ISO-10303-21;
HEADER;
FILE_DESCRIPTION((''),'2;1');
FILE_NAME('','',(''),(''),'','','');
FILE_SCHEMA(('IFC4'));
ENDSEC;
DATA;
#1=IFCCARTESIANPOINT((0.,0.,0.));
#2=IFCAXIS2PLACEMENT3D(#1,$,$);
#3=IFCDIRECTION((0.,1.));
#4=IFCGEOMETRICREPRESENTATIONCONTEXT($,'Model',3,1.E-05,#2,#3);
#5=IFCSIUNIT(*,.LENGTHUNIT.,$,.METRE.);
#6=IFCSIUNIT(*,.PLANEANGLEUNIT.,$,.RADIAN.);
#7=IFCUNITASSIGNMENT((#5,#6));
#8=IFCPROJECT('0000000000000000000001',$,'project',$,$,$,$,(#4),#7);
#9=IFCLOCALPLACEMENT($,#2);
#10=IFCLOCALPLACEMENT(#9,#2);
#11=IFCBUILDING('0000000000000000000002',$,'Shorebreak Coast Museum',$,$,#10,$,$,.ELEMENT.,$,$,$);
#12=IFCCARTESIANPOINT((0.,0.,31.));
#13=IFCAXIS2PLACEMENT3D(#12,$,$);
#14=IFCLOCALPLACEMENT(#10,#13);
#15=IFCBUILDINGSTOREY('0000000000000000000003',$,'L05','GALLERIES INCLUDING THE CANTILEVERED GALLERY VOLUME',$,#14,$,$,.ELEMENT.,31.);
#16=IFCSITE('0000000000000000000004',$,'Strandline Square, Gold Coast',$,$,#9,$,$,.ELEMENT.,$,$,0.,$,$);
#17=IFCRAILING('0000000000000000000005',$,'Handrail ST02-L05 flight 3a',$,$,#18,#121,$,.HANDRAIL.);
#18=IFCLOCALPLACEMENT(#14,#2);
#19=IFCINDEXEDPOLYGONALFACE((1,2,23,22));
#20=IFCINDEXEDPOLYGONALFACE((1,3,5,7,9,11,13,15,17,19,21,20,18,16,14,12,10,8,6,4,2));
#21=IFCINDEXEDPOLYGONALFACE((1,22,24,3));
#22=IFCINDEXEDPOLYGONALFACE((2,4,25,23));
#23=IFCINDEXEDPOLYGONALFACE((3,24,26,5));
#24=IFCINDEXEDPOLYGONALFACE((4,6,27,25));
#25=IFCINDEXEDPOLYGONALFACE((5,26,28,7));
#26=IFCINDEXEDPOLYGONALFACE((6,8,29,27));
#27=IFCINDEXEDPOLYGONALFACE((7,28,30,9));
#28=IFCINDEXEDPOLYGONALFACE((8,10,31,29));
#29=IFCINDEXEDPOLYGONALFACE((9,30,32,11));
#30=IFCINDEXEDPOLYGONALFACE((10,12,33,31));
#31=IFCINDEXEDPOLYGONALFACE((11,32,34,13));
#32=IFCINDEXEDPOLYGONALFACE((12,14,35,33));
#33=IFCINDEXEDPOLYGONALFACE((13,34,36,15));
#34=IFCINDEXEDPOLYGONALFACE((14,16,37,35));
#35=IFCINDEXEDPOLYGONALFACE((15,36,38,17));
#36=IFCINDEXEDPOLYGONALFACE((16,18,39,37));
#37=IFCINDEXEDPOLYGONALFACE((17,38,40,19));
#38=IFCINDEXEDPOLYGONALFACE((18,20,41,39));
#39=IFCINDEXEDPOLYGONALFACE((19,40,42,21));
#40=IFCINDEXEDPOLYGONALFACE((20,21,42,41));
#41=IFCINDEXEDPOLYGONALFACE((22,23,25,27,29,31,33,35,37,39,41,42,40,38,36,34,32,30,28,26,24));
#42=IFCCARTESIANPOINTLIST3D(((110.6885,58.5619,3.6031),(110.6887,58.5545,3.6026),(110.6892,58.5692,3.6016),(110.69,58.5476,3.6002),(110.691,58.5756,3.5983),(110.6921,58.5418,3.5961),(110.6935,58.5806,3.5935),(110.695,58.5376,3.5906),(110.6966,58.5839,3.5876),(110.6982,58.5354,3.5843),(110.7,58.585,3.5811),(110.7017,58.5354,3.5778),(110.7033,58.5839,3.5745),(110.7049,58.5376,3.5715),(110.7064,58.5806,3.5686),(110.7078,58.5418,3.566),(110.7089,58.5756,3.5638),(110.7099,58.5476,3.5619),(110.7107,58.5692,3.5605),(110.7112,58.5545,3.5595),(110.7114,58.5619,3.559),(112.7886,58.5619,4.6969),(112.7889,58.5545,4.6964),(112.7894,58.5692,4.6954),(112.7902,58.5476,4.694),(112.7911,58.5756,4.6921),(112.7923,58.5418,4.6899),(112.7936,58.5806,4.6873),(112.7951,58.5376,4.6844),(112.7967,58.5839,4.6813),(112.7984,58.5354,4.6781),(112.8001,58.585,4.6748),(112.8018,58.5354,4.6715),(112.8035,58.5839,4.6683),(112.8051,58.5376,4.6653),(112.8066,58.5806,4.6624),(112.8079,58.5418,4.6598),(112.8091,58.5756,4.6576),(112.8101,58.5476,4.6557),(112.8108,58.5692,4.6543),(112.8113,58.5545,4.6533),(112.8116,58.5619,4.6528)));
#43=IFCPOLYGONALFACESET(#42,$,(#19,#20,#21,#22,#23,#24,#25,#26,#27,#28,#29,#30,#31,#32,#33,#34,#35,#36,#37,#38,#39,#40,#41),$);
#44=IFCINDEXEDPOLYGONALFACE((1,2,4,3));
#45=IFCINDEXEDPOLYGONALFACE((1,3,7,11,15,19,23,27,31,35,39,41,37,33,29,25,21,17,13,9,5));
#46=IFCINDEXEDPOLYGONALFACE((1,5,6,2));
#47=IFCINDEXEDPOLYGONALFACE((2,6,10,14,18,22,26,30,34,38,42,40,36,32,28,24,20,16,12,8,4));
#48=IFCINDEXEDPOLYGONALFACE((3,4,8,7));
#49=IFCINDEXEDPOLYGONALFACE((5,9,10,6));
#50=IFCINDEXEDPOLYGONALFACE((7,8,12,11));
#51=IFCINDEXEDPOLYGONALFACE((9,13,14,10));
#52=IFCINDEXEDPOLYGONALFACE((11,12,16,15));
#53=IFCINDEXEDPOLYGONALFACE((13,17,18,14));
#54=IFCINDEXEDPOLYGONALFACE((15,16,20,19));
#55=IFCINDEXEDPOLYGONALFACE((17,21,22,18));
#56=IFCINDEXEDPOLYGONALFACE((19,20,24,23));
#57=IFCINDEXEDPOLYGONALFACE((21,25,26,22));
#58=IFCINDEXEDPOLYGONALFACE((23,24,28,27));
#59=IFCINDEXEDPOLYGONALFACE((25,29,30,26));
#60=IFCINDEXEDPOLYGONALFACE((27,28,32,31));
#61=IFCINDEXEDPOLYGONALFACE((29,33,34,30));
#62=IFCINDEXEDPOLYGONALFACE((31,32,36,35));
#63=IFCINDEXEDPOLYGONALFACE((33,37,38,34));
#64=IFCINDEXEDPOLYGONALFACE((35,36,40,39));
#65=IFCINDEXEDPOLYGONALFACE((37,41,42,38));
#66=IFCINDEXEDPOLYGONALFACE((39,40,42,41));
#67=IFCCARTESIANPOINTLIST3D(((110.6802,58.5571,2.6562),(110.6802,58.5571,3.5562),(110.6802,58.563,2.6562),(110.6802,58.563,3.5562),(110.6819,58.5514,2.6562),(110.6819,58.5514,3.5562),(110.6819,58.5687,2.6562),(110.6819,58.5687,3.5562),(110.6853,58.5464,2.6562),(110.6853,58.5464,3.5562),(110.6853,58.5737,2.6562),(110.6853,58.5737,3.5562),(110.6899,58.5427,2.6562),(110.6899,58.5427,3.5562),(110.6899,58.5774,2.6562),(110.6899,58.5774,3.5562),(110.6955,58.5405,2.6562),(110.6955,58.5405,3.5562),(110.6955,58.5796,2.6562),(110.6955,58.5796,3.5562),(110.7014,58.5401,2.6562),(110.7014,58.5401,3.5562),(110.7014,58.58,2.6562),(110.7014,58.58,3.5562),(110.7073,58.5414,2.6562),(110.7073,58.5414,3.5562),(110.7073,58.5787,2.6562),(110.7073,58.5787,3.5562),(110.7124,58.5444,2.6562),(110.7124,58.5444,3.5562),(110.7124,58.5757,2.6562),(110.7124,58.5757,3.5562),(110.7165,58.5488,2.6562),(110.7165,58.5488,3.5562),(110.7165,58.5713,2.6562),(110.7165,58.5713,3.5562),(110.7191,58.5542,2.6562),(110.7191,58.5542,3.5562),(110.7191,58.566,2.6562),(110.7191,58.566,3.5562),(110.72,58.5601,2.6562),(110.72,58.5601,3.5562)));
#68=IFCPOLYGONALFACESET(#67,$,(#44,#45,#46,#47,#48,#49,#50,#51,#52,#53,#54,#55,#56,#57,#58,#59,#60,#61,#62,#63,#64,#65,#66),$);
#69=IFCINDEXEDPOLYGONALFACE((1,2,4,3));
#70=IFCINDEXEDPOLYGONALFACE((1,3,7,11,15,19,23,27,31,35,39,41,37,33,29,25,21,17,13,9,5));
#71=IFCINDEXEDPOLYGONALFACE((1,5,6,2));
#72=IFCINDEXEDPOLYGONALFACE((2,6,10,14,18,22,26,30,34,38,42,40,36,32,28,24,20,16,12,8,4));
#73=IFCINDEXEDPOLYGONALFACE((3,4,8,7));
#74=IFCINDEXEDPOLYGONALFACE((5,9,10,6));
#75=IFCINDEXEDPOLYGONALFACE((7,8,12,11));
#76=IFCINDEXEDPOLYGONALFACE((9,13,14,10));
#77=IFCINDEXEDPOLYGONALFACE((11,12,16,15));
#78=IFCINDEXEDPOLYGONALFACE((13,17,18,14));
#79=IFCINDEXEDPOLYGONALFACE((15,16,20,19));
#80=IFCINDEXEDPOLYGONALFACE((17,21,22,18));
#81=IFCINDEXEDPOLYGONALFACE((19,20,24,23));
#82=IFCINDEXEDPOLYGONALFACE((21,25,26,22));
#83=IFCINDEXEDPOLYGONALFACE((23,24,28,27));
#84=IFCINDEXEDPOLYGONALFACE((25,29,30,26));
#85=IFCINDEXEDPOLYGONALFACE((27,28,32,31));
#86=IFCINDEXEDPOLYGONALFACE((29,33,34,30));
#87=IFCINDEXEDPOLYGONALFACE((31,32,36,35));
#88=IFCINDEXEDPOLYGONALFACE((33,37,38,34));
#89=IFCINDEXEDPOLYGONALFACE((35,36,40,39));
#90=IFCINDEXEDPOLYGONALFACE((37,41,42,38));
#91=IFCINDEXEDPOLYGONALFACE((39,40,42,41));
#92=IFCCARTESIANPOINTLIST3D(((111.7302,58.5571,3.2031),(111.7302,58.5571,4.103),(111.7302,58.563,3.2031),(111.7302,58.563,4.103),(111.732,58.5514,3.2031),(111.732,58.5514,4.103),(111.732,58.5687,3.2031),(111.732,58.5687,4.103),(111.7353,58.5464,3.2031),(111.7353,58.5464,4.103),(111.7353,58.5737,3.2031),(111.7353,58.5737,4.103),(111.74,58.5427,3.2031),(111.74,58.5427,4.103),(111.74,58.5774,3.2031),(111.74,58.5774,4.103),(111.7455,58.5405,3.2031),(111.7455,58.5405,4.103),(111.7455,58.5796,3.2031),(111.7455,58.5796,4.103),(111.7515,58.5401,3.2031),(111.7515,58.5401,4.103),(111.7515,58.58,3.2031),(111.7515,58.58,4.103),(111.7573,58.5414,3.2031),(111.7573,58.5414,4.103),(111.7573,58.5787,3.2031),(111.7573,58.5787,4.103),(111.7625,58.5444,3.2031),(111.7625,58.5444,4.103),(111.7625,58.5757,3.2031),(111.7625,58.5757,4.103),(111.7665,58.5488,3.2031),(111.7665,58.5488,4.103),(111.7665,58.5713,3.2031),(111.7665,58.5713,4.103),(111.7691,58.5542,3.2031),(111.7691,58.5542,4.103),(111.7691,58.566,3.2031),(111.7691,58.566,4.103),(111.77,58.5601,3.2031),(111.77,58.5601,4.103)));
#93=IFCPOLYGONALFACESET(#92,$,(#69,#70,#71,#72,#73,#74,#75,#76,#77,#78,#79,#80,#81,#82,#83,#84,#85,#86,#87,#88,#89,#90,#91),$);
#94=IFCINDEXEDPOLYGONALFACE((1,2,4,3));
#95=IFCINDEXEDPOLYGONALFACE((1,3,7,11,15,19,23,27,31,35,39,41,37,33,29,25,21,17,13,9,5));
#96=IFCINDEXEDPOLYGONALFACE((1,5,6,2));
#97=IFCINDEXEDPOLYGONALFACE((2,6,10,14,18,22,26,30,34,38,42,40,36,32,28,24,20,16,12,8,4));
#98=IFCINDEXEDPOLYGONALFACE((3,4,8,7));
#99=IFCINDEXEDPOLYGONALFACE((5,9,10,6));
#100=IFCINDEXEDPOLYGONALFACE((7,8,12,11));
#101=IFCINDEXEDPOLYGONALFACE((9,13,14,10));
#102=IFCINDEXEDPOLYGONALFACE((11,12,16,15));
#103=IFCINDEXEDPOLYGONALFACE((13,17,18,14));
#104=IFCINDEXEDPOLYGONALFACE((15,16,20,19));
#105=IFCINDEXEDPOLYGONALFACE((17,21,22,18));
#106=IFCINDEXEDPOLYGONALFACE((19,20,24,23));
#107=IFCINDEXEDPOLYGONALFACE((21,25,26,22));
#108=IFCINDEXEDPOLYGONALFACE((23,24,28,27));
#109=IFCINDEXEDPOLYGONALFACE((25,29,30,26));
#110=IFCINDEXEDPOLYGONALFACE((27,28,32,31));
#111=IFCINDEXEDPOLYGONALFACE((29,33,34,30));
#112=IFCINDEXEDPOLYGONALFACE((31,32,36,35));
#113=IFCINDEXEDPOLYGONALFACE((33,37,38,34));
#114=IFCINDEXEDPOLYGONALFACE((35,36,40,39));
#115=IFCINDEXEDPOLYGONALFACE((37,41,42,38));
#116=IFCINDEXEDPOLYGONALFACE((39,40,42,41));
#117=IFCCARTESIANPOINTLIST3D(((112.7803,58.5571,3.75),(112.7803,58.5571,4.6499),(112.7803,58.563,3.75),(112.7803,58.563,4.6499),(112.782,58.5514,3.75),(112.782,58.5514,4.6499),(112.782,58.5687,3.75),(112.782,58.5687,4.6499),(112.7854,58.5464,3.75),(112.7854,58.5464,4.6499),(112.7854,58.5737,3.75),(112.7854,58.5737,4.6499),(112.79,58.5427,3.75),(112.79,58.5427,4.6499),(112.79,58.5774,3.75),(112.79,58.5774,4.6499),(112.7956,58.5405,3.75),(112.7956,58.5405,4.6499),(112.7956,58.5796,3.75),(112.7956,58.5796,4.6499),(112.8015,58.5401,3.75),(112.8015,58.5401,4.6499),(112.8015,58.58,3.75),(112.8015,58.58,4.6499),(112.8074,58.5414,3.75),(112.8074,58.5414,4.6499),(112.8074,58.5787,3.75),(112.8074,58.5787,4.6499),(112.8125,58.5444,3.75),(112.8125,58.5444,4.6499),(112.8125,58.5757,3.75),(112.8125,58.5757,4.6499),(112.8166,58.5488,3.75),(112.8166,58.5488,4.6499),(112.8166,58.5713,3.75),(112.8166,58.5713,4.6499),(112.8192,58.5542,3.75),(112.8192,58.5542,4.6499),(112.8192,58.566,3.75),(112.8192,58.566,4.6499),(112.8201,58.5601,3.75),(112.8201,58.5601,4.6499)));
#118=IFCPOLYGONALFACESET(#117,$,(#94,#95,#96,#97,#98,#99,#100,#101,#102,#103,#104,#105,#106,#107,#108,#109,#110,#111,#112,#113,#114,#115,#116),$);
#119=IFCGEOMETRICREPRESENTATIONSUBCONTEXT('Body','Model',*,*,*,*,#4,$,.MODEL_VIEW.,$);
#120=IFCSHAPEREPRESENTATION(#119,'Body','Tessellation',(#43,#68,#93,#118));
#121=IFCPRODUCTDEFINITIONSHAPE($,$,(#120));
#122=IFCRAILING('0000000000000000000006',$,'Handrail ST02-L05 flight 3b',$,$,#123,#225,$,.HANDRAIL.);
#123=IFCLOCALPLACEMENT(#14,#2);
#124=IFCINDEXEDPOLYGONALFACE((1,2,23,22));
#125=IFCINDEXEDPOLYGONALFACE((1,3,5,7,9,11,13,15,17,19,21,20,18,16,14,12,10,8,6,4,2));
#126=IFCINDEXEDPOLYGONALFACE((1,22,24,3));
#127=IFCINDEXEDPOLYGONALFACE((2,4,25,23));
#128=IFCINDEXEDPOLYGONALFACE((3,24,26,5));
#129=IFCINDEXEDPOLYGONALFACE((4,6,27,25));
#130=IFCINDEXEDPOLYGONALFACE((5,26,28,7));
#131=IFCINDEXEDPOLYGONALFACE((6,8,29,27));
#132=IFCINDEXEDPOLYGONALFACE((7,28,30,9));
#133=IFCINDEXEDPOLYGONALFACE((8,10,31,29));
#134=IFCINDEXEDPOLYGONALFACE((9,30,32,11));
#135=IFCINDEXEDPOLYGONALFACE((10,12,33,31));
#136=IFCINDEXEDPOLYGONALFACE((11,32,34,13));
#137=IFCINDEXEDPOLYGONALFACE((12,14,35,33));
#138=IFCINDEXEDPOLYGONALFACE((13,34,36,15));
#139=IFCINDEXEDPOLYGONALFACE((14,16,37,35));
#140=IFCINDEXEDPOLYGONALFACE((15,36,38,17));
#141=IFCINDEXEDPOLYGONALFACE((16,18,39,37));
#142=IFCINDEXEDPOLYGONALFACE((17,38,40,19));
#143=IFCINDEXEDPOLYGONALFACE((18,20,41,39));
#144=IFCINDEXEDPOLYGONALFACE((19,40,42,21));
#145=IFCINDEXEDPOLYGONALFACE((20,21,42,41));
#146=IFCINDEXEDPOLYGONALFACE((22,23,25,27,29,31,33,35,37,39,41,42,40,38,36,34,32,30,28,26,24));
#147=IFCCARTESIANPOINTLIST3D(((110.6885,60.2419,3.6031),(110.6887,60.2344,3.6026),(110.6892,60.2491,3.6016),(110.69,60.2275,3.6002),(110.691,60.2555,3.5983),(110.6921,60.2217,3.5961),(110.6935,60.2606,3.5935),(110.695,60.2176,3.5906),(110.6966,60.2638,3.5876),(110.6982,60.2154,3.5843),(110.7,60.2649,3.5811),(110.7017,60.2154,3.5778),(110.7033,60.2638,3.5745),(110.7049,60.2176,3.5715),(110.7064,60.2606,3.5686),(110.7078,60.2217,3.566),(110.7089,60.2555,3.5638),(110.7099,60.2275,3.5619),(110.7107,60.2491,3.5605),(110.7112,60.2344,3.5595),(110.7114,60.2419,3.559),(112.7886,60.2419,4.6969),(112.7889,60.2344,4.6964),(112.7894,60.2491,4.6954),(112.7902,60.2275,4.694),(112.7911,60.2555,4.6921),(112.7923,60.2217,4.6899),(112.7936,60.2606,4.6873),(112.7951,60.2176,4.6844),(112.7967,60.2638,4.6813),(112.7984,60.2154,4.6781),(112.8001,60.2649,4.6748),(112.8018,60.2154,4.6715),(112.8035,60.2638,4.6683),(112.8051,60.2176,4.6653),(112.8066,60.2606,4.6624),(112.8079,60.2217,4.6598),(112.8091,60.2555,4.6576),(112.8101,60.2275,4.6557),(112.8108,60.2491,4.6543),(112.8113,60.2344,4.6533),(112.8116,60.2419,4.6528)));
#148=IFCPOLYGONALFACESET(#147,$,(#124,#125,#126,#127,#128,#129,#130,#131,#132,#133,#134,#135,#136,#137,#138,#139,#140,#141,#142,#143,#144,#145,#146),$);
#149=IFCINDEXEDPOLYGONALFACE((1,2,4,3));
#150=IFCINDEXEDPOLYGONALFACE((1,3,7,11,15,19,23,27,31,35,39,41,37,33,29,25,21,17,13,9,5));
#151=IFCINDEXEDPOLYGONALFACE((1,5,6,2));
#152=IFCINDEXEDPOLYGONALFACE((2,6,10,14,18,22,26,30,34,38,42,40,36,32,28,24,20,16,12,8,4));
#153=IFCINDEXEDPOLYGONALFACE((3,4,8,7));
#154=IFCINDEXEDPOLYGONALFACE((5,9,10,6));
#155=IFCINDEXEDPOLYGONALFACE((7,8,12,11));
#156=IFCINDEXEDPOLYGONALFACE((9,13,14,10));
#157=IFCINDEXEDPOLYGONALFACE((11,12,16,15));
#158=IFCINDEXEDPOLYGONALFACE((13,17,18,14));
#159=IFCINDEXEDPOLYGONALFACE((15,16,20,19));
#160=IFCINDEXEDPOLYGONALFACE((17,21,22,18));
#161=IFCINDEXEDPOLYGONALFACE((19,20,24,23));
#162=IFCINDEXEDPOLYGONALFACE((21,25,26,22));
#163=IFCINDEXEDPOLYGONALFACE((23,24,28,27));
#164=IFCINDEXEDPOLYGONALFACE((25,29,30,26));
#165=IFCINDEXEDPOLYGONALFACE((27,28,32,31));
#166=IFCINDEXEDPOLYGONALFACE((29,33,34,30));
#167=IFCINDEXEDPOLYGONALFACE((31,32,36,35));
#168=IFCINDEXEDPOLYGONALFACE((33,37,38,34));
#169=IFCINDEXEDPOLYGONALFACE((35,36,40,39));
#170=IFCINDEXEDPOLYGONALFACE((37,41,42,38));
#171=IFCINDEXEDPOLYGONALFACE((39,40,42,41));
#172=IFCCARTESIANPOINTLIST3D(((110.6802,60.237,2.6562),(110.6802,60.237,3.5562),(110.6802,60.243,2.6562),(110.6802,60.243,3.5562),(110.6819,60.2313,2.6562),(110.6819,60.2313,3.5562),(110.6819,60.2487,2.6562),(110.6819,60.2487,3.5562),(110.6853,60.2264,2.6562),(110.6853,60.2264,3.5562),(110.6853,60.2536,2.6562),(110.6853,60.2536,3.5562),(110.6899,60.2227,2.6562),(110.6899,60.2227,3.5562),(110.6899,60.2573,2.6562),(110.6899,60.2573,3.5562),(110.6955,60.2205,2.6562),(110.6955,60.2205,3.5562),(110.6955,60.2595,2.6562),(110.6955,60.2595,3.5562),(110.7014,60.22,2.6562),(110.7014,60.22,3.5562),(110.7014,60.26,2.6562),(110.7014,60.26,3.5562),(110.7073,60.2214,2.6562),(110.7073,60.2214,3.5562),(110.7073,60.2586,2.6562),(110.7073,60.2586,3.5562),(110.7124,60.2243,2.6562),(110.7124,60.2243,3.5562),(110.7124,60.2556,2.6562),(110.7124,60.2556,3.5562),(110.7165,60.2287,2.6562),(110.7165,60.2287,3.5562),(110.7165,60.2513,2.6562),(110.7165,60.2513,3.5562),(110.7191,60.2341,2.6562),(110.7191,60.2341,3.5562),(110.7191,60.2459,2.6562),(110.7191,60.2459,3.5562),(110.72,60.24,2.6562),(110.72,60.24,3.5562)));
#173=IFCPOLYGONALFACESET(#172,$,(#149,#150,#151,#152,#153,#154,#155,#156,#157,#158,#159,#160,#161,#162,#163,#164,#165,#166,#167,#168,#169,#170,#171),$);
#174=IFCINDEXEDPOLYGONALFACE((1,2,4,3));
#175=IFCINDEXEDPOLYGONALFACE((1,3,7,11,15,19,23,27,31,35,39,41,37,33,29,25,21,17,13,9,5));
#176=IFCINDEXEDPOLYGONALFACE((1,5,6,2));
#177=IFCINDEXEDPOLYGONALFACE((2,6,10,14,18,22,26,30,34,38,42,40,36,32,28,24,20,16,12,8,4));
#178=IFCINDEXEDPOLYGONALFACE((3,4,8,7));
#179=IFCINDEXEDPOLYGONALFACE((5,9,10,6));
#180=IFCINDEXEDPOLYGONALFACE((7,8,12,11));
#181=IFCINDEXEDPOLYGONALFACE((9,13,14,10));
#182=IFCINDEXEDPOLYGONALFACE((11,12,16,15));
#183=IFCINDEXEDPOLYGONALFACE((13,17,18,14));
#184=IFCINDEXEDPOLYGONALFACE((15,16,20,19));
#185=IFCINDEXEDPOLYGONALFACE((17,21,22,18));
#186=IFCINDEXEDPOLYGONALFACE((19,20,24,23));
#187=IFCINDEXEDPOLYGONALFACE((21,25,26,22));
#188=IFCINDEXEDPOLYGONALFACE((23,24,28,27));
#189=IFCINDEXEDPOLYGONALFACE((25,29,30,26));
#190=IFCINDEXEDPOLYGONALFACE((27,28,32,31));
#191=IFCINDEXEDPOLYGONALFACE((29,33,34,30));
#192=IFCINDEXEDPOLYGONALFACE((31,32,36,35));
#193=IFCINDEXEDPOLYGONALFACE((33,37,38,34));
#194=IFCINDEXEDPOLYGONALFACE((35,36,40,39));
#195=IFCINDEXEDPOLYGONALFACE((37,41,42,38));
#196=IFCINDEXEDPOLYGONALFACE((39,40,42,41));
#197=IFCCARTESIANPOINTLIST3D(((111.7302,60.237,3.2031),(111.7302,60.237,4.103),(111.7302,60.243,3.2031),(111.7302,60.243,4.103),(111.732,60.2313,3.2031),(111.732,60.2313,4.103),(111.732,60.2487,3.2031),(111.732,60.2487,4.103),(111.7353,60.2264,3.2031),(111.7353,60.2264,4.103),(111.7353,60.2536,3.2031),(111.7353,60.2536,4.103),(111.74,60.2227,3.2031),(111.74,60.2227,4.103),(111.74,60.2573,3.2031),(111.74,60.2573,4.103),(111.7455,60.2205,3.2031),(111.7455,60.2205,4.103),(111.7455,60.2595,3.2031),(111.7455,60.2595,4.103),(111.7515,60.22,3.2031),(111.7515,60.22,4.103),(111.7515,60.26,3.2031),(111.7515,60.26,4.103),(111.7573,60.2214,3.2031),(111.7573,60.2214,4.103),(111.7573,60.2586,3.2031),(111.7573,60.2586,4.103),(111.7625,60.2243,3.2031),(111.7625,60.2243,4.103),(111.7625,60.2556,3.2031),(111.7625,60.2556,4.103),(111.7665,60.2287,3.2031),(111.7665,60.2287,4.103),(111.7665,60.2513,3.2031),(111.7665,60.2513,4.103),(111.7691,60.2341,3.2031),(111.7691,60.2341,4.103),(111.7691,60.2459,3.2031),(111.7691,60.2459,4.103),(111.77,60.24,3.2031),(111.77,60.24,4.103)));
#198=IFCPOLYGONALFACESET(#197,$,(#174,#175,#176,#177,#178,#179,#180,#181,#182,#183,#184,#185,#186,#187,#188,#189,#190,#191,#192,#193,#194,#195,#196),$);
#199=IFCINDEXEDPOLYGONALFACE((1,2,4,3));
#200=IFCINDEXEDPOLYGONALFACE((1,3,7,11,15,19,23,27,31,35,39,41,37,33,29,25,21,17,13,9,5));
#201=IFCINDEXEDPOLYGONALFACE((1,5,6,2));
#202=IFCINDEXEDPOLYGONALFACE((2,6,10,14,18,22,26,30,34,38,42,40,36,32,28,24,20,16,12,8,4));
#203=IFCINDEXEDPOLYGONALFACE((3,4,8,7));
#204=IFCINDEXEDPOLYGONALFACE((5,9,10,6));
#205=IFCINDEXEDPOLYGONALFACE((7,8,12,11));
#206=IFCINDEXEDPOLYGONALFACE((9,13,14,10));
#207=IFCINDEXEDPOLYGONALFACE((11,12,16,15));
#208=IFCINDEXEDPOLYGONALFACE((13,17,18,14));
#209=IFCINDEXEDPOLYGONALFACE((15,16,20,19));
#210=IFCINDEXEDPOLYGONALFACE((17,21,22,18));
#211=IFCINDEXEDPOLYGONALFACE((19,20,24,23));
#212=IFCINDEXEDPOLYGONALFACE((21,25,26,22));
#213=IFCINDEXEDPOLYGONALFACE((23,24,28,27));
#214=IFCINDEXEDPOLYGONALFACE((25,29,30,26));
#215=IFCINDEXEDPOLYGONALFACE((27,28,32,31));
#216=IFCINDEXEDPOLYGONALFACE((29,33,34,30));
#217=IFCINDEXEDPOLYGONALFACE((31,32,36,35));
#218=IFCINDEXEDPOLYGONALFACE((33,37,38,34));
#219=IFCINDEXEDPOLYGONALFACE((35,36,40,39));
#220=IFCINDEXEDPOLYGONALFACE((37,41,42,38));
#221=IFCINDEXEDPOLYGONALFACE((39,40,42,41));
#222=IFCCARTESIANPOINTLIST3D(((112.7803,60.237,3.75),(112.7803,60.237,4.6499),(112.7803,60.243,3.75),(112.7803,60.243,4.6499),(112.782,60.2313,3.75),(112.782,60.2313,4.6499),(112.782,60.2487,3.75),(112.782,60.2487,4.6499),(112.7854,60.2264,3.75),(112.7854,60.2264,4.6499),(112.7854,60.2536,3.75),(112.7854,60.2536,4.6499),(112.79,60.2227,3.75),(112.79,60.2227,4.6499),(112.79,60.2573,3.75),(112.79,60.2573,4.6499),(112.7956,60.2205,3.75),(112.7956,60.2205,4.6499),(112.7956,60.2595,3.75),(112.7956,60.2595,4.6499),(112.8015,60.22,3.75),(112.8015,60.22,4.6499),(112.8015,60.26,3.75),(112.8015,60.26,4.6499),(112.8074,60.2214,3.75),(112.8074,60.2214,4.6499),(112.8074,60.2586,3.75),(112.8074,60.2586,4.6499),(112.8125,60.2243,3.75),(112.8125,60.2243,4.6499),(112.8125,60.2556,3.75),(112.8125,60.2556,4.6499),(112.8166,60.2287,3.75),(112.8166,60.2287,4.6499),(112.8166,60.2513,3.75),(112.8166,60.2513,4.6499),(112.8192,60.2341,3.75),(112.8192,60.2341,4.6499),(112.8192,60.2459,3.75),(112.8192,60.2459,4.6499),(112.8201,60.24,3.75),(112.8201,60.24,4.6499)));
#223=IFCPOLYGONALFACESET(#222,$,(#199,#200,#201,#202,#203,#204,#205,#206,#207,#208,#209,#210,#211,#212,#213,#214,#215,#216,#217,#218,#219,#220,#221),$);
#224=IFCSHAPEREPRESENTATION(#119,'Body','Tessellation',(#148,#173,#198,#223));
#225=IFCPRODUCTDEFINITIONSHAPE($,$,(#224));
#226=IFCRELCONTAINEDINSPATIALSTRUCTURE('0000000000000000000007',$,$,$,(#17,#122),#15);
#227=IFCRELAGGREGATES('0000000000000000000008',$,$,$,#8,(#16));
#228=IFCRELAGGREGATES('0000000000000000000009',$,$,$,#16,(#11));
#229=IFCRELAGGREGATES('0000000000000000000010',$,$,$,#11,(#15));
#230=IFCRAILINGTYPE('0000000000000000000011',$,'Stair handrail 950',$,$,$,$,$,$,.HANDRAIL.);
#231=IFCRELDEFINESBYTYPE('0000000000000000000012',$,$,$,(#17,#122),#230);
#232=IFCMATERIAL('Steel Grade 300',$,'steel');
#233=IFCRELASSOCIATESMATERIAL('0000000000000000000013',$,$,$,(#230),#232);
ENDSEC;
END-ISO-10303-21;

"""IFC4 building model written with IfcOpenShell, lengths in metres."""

from ifc_helpers import new_model, si_unit, direction, frame, origin, origin_2d, place, context, subcontext, project, spatial, circle, extrude, material, type_object, element, save


model = new_model("IFC4")

# Units and contexts
model_context = context("Model", 3, precision=1e-05, world=origin(), true_north=direction((0.0, 1.0)))
body_context = subcontext(model_context, "Body", "Model", "MODEL_VIEW")
ifc_project = project(units=[si_unit("LENGTHUNIT", "METRE"), si_unit("PLANEANGLEUNIT", "RADIAN")], contexts=[model_context])

# Site, building, storey
site_placement = place(None, origin())
site = spatial("IfcSite", under=ifc_project, at=site_placement, Name="Strandline Square, Gold Coast", CompositionType="ELEMENT", RefElevation=0.0)
building_placement = place(site_placement, origin())
building = spatial("IfcBuilding", under=site, at=building_placement, Name="Shorebreak Coast Museum", CompositionType="ELEMENT")
storey_placement = place(building_placement, frame((0.0, 0.0, 31.0)))
storey = spatial("IfcBuildingStorey", under=building, at=storey_placement, Name="L05", Description="GALLERIES INCLUDING THE CANTILEVERED GALLERY VOLUME", CompositionType="ELEMENT", Elevation=31.0)

# Railings
ifc_material_1 = material(Name="Steel Grade 300", Category="steel")
railing_type_1 = type_object("IfcRailingType", Name="Stair handrail 950", PredefinedType="HANDRAIL", material=ifc_material_1)
for number, where, name in (
    (1, (110.7, 58.5601, 2.6562), "Handrail ST02-L05 flight 3a"),
    (2, (110.7, 60.24, 2.6562), "Handrail ST02-L05 flight 3b"),
):
    element("IfcRailing", number, at=place(storey_placement, frame(where)), inside=storey, type_object=railing_type_1, Name=name, PredefinedType="HANDRAIL", context=body_context, shape_type="SweptSolid", body=[
        extrude(circle(Radius=0.0249, at=origin_2d()), frame((0.0, 0.0, 0.9248), z_axis=(0.886923, 0.0, 0.461918), x_axis=(0.0, 1.0, 0.0)), (0.0, 0.0, 1.0), 2.3679),
        extrude(circle(Radius=0.02, at=origin_2d()), origin(), (0.0, 0.0, 1.0), 0.8999),
        extrude(circle(Radius=0.02, at=origin_2d()), frame((1.05, 0.0, 0.5469)), (0.0, 0.0, 1.0), 0.8999),
        extrude(circle(Radius=0.02, at=origin_2d()), frame((2.1001, 0.0, 1.0938)), (0.0, 0.0, 1.0), 0.8999),
    ])

save(model, "model.ifc")
